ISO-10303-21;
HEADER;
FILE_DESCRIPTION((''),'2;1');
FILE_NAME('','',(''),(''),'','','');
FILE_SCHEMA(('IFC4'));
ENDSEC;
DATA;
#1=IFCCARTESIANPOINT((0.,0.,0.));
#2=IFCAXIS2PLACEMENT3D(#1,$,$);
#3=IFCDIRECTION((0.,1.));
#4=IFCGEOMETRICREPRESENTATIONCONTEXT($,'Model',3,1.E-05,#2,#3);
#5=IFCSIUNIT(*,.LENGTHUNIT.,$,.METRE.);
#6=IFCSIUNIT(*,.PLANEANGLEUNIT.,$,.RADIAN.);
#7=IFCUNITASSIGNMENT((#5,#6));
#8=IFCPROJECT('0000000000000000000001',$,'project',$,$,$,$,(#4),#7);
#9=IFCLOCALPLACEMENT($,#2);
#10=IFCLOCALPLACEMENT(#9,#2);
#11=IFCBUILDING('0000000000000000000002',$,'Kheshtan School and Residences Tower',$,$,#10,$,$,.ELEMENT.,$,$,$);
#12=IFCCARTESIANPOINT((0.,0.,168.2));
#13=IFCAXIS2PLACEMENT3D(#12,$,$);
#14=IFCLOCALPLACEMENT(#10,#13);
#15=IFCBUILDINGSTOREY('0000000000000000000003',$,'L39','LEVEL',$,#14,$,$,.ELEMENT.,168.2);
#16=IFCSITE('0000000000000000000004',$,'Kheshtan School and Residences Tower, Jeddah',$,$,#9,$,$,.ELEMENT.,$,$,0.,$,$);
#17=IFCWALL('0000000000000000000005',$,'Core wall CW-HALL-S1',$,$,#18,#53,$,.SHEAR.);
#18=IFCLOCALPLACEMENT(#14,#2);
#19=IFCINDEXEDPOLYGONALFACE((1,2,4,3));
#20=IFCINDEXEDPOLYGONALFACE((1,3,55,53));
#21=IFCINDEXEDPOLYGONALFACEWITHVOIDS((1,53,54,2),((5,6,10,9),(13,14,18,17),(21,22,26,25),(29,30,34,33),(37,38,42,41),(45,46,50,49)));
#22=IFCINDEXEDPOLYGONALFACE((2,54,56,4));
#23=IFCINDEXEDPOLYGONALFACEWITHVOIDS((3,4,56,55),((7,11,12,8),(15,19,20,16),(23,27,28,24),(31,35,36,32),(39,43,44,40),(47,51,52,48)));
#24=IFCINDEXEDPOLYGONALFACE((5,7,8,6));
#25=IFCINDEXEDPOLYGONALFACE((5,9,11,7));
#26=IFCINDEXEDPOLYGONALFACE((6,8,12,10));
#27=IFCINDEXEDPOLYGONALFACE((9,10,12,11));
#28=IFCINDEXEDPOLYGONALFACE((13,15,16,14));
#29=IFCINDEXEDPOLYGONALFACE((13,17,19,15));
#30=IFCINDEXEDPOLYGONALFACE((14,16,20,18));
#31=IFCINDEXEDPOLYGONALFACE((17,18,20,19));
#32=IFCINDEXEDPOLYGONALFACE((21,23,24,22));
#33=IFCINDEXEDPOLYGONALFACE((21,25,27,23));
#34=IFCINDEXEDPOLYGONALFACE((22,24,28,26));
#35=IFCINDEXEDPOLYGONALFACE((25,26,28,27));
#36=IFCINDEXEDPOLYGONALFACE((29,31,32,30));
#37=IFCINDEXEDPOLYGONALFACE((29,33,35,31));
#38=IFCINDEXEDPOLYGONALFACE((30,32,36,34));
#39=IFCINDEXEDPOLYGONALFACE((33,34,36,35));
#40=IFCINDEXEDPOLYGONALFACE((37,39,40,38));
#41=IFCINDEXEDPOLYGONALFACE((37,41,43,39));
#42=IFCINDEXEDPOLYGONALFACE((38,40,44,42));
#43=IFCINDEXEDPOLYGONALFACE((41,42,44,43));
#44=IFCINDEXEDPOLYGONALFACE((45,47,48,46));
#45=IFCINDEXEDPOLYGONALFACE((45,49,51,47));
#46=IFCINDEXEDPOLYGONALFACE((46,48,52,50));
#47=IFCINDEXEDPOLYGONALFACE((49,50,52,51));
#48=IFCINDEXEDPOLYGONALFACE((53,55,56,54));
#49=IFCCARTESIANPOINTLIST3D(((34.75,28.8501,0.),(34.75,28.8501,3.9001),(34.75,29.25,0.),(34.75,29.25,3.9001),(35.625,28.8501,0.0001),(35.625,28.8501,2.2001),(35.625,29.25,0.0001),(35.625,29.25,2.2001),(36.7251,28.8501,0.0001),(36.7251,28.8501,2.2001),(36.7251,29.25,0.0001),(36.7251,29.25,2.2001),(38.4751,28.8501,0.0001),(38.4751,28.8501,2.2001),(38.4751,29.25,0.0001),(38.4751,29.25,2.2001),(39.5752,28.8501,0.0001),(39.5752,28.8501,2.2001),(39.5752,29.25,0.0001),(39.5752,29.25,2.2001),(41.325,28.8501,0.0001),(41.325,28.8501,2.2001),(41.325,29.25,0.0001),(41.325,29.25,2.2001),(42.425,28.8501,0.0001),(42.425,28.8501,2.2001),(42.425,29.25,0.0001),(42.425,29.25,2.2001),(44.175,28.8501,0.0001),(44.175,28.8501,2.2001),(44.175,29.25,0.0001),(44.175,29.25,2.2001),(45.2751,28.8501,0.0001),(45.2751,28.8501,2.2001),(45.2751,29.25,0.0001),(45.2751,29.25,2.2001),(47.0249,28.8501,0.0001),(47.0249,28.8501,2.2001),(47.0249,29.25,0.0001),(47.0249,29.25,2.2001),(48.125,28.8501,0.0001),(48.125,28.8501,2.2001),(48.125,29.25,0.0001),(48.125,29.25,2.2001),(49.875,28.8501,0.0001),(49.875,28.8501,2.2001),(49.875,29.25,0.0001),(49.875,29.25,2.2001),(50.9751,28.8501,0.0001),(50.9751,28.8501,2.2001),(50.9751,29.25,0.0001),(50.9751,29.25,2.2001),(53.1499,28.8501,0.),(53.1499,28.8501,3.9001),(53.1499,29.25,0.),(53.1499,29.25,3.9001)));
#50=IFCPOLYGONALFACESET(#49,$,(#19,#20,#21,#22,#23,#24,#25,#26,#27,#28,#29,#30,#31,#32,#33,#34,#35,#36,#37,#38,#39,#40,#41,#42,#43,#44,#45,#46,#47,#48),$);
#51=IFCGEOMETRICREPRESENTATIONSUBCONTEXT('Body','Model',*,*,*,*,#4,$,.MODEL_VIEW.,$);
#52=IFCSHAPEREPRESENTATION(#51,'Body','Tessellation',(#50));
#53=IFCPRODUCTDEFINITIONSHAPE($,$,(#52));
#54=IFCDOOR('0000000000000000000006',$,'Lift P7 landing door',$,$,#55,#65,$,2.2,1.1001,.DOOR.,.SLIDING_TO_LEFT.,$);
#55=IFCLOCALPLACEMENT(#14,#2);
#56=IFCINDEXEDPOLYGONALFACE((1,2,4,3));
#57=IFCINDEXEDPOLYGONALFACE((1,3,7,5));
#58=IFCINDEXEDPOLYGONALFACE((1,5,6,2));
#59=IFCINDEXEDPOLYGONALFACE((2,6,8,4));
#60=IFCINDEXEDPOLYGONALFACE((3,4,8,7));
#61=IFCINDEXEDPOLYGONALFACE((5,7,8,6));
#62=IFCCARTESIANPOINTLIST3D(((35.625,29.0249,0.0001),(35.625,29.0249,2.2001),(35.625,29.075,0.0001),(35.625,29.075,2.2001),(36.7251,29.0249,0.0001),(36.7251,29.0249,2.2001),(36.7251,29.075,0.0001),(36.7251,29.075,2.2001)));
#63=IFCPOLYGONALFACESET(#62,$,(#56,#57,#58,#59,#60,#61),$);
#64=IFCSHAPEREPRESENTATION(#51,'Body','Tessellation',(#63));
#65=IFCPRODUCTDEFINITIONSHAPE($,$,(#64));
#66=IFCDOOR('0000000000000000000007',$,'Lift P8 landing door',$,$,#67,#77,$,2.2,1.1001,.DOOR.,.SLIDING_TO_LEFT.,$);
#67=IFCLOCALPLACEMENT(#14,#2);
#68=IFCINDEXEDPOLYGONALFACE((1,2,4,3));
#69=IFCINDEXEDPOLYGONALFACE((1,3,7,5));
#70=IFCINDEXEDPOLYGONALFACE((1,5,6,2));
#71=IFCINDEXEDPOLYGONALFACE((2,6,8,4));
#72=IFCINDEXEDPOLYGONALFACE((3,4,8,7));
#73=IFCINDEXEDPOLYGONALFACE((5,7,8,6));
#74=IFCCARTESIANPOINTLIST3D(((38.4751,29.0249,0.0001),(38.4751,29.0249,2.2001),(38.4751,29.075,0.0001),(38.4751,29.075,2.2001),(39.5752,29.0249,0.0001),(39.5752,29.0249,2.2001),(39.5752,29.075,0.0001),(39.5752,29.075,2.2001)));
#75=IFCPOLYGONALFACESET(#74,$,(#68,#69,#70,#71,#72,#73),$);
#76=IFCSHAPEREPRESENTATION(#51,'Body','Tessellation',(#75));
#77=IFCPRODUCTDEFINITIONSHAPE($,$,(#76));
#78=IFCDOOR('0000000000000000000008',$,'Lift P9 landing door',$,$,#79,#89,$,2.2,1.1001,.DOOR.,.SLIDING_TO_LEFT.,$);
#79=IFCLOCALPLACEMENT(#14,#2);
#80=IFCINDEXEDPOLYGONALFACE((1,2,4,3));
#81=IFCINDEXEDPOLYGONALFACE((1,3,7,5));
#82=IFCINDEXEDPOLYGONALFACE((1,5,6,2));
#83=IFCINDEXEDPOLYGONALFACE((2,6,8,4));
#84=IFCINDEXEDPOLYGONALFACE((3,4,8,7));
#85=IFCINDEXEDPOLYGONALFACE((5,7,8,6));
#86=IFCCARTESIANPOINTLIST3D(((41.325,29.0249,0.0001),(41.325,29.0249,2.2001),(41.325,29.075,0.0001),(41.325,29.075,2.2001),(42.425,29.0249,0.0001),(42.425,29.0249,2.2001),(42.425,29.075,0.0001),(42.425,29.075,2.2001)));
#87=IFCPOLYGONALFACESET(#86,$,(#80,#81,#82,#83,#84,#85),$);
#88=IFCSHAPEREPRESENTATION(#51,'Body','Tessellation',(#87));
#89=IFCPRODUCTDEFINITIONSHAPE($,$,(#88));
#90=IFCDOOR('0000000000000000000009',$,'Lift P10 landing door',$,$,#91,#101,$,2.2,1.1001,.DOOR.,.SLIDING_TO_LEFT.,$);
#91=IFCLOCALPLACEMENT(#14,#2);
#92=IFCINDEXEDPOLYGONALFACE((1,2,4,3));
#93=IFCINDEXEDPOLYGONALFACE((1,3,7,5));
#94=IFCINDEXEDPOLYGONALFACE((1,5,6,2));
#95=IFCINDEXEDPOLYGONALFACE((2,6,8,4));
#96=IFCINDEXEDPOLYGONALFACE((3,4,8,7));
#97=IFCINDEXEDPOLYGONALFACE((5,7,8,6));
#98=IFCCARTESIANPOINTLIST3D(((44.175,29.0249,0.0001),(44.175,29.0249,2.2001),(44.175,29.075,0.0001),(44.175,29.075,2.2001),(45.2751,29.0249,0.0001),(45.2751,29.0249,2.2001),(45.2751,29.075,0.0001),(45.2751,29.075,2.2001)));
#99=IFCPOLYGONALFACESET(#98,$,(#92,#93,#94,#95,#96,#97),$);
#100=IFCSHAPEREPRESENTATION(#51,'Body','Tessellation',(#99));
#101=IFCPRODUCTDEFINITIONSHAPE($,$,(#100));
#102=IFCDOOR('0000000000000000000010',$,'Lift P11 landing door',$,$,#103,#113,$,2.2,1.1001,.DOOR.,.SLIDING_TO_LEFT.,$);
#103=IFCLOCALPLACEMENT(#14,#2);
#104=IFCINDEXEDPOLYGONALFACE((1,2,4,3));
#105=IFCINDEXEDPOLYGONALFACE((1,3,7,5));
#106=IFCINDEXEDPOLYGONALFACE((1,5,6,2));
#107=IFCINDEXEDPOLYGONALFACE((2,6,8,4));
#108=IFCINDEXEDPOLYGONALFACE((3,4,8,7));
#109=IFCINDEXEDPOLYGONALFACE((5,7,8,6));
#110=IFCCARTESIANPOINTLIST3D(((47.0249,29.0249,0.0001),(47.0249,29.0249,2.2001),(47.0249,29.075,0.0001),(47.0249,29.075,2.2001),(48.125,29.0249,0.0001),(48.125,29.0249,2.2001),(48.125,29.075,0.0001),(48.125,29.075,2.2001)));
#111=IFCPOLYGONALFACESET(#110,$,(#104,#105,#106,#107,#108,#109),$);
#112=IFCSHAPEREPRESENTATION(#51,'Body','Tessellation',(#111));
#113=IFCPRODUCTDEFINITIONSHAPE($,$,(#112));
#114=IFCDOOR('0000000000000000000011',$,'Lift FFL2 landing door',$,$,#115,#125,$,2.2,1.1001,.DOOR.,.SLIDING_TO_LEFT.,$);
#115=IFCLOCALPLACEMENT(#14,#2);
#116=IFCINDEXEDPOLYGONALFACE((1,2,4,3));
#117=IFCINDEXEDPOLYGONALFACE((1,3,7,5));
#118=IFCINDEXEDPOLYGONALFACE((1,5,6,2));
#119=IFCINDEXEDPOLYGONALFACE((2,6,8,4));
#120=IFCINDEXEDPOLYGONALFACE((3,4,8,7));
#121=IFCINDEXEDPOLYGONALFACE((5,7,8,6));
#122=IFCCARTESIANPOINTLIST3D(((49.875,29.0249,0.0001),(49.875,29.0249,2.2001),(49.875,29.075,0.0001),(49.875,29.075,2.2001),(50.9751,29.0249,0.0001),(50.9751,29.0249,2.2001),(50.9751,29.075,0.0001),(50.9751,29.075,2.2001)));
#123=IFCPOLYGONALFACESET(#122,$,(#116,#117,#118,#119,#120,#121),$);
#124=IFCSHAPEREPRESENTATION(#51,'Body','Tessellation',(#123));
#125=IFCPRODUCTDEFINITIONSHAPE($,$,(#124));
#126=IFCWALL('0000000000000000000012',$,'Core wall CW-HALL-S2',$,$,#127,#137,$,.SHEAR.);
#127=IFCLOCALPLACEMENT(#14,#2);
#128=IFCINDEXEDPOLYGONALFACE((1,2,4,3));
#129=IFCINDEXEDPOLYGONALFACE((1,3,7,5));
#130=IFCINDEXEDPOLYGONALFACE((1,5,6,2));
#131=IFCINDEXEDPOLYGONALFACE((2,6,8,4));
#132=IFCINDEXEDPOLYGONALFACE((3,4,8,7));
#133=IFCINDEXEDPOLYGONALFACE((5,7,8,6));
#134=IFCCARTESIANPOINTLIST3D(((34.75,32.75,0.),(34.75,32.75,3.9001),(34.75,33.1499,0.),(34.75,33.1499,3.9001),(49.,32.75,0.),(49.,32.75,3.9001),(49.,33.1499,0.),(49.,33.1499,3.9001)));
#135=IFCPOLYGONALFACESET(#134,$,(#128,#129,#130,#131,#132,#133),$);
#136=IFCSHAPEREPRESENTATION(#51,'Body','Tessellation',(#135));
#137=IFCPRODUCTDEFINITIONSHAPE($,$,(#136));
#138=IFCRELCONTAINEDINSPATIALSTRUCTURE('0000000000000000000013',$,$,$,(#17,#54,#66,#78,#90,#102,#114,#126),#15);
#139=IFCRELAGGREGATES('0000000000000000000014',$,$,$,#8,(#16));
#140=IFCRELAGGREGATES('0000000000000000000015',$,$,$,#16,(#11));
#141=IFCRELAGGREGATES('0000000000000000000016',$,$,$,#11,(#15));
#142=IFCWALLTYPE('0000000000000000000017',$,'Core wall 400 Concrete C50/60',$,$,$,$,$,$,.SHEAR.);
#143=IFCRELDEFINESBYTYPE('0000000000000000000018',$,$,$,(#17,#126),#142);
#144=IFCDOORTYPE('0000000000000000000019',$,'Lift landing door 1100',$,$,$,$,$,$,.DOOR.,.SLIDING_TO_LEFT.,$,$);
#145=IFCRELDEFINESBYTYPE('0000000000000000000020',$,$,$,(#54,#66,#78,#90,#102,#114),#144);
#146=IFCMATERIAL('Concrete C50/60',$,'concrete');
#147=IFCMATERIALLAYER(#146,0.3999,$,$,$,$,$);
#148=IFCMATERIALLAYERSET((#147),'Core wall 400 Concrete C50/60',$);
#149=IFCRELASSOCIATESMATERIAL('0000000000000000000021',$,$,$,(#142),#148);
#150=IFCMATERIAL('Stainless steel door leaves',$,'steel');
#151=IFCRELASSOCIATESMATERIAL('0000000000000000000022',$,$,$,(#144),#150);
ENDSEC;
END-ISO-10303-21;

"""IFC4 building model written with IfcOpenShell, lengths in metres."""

from ifc_helpers import new_model, si_unit, direction, frame, frame_2d, origin, place, context, subcontext, project, spatial, rectangle, extrude, source, transform, mapped, material, layer, layer_set, type_object, element, fill, save


model = new_model("IFC4")

# Units and contexts
model_context = context("Model", 3, precision=1e-05, world=origin(), true_north=direction((0.0, 1.0)))
body_context = subcontext(model_context, "Body", "Model", "MODEL_VIEW")
ifc_project = project(units=[si_unit("LENGTHUNIT", "METRE"), si_unit("PLANEANGLEUNIT", "RADIAN")], contexts=[model_context])

# Site, building, storey
site_placement = place(None, origin())
site = spatial("IfcSite", under=ifc_project, at=site_placement, Name="Kheshtan School and Residences Tower, Jeddah", CompositionType="ELEMENT", RefElevation=0.0)
building_placement = place(site_placement, origin())
building = spatial("IfcBuilding", under=site, at=building_placement, Name="Kheshtan School and Residences Tower", CompositionType="ELEMENT")
storey_placement = place(building_placement, frame((0.0, 0.0, 168.2)))
storey = spatial("IfcBuildingStorey", under=building, at=storey_placement, Name="L39", Description="LEVEL", CompositionType="ELEMENT", Elevation=168.2)

# Wall, openings, doors
ifc_material_1 = material(Name="Concrete C50/60", Category="concrete")
ifc_layer_1 = layer(ifc_material_1, 0.3999)
ifc_layer_set_1 = layer_set([ifc_layer_1], Name="Core wall 400 Concrete C50/60")
wall_type_1 = type_object("IfcWallType", Name="Core wall 400 Concrete C50/60", PredefinedType="SHEAR", material=ifc_layer_set_1)
wall_1_placement = place(storey_placement, frame((34.75, 29.05, 0.0), z_axis=(0.0, 0.0, 1.0), x_axis=(1.0, 0.0, 0.0)))
wall_1 = element("IfcWall", 1, at=wall_1_placement, inside=storey, type_object=wall_type_1, Name="Core wall CW-HALL-S1", PredefinedType="SHEAR", context=body_context, shape_type="SweptSolid", body=[
    extrude(rectangle(XDim=18.3999, YDim=0.3999, at=frame_2d((9.2, 0.0))), origin(), (0.0, 0.0, 1.0), 3.9001),
])
opening_1_placement = place(wall_1_placement, frame((0.875, 0.0, 0.0)))
opening_1 = element("IfcOpeningElement", 2, at=opening_1_placement, cuts=wall_1, PredefinedType="OPENING", context=body_context, shape_type="SweptSolid", body=[
    extrude(rectangle(XDim=1.1001, YDim=2.2, at=frame_2d((0.55, 1.1001))), frame((0.0, 0.21, 0.0), z_axis=(0.0, -1.0, 0.0), x_axis=(1.0, 0.0, 0.0)), (0.0, 0.0, 1.0), 0.4199),
])
opening_2_placement = place(wall_1_placement, frame((3.7251, 0.0, 0.0)))
opening_2 = element("IfcOpeningElement", 3, at=opening_2_placement, cuts=wall_1, PredefinedType="OPENING", context=body_context, shape_type="SweptSolid", body=[
    extrude(rectangle(XDim=1.1001, YDim=2.2, at=frame_2d((0.55, 1.1001))), frame((0.0, 0.21, 0.0), z_axis=(0.0, -1.0, 0.0), x_axis=(1.0, 0.0, 0.0)), (0.0, 0.0, 1.0), 0.4199),
])
opening_3_placement = place(wall_1_placement, frame((6.575, 0.0, 0.0)))
opening_3 = element("IfcOpeningElement", 4, at=opening_3_placement, cuts=wall_1, PredefinedType="OPENING", context=body_context, shape_type="SweptSolid", body=[
    extrude(rectangle(XDim=1.1001, YDim=2.2, at=frame_2d((0.55, 1.1001))), frame((0.0, 0.21, 0.0), z_axis=(0.0, -1.0, 0.0), x_axis=(1.0, 0.0, 0.0)), (0.0, 0.0, 1.0), 0.4199),
])
opening_4_placement = place(wall_1_placement, frame((9.425, 0.0, 0.0)))
opening_4 = element("IfcOpeningElement", 5, at=opening_4_placement, cuts=wall_1, PredefinedType="OPENING", context=body_context, shape_type="SweptSolid", body=[
    extrude(rectangle(XDim=1.1001, YDim=2.2, at=frame_2d((0.55, 1.1001))), frame((0.0, 0.21, 0.0), z_axis=(0.0, -1.0, 0.0), x_axis=(1.0, 0.0, 0.0)), (0.0, 0.0, 1.0), 0.4199),
])
opening_5_placement = place(wall_1_placement, frame((12.2749, 0.0, 0.0)))
opening_5 = element("IfcOpeningElement", 6, at=opening_5_placement, cuts=wall_1, PredefinedType="OPENING", context=body_context, shape_type="SweptSolid", body=[
    extrude(rectangle(XDim=1.1001, YDim=2.2, at=frame_2d((0.55, 1.1001))), frame((0.0, 0.21, 0.0), z_axis=(0.0, -1.0, 0.0), x_axis=(1.0, 0.0, 0.0)), (0.0, 0.0, 1.0), 0.4199),
])
opening_6_placement = place(wall_1_placement, frame((15.125, 0.0, 0.0)))
opening_6 = element("IfcOpeningElement", 7, at=opening_6_placement, cuts=wall_1, PredefinedType="OPENING", context=body_context, shape_type="SweptSolid", body=[
    extrude(rectangle(XDim=1.1001, YDim=2.2, at=frame_2d((0.55, 1.1001))), frame((0.0, 0.21, 0.0), z_axis=(0.0, -1.0, 0.0), x_axis=(1.0, 0.0, 0.0)), (0.0, 0.0, 1.0), 0.4199),
])
ifc_material_2 = material(Name="Stainless steel door leaves", Category="steel")
door_type_1 = type_object("IfcDoorType", Name="Lift landing door 1100", OperationType="SLIDING_TO_LEFT", PredefinedType="DOOR", material=ifc_material_2)
shared_shape_1 = source(origin(), body_context, "Body", "SweptSolid", [
    extrude(rectangle(XDim=1.1001, YDim=2.2, at=frame_2d((0.55, 1.1001))), frame((0.0, 0.0249, 0.0), z_axis=(0.0, -1.0, 0.0), x_axis=(1.0, 0.0, 0.0)), (0.0, 0.0, 1.0), 0.05),
])
door_1_placement = place(opening_1_placement, origin())
door_1 = element("IfcDoor", 8, at=door_1_placement, inside=storey, type_object=door_type_1, Name="Lift P7 landing door", OperationType="SLIDING_TO_LEFT", OverallHeight=2.2, OverallWidth=1.1001, PredefinedType="DOOR", context=body_context, shape_type="MappedRepresentation", body=[
    mapped(shared_shape_1, transform((0.0, 0.0, 0.0), x_axis=(1.0, 0.0, 0.0), y_axis=(0.0, 1.0, 0.0), z_axis=(0.0, 0.0, 1.0), scale=1.0)),
])
fill(opening_1, door_1)
door_2_placement = place(opening_2_placement, origin())
door_2 = element("IfcDoor", 9, at=door_2_placement, inside=storey, type_object=door_type_1, Name="Lift P8 landing door", OperationType="SLIDING_TO_LEFT", OverallHeight=2.2, OverallWidth=1.1001, PredefinedType="DOOR", context=body_context, shape_type="MappedRepresentation", body=[
    mapped(shared_shape_1, transform((0.0, 0.0, 0.0), x_axis=(1.0, 0.0, 0.0), y_axis=(0.0, 1.0, 0.0), z_axis=(0.0, 0.0, 1.0), scale=1.0)),
])
fill(opening_2, door_2)
door_3_placement = place(opening_3_placement, origin())
door_3 = element("IfcDoor", 10, at=door_3_placement, inside=storey, type_object=door_type_1, Name="Lift P9 landing door", OperationType="SLIDING_TO_LEFT", OverallHeight=2.2, OverallWidth=1.1001, PredefinedType="DOOR", context=body_context, shape_type="MappedRepresentation", body=[
    mapped(shared_shape_1, transform((0.0, 0.0, 0.0), x_axis=(1.0, 0.0, 0.0), y_axis=(0.0, 1.0, 0.0), z_axis=(0.0, 0.0, 1.0), scale=1.0)),
])
fill(opening_3, door_3)
door_4_placement = place(opening_4_placement, origin())
door_4 = element("IfcDoor", 11, at=door_4_placement, inside=storey, type_object=door_type_1, Name="Lift P10 landing door", OperationType="SLIDING_TO_LEFT", OverallHeight=2.2, OverallWidth=1.1001, PredefinedType="DOOR", context=body_context, shape_type="MappedRepresentation", body=[
    mapped(shared_shape_1, transform((0.0, 0.0, 0.0), x_axis=(1.0, 0.0, 0.0), y_axis=(0.0, 1.0, 0.0), z_axis=(0.0, 0.0, 1.0), scale=1.0)),
])
fill(opening_4, door_4)
door_5_placement = place(opening_5_placement, origin())
door_5 = element("IfcDoor", 12, at=door_5_placement, inside=storey, type_object=door_type_1, Name="Lift P11 landing door", OperationType="SLIDING_TO_LEFT", OverallHeight=2.2, OverallWidth=1.1001, PredefinedType="DOOR", context=body_context, shape_type="MappedRepresentation", body=[
    mapped(shared_shape_1, transform((0.0, 0.0, 0.0), x_axis=(1.0, 0.0, 0.0), y_axis=(0.0, 1.0, 0.0), z_axis=(0.0, 0.0, 1.0), scale=1.0)),
])
fill(opening_5, door_5)
door_6_placement = place(opening_6_placement, origin())
door_6 = element("IfcDoor", 13, at=door_6_placement, inside=storey, type_object=door_type_1, Name="Lift FFL2 landing door", OperationType="SLIDING_TO_LEFT", OverallHeight=2.2, OverallWidth=1.1001, PredefinedType="DOOR", context=body_context, shape_type="MappedRepresentation", body=[
    mapped(shared_shape_1, transform((0.0, 0.0, 0.0), x_axis=(1.0, 0.0, 0.0), y_axis=(0.0, 1.0, 0.0), z_axis=(0.0, 0.0, 1.0), scale=1.0)),
])
fill(opening_6, door_6)

# Wall
wall_2_placement = place(storey_placement, frame((34.75, 32.95, 0.0), z_axis=(0.0, 0.0, 1.0), x_axis=(1.0, 0.0, 0.0)))
element("IfcWall", 14, at=wall_2_placement, inside=storey, type_object=wall_type_1, Name="Core wall CW-HALL-S2", PredefinedType="SHEAR", context=body_context, shape_type="SweptSolid", body=[
    extrude(rectangle(XDim=14.25, YDim=0.3999, at=frame_2d((7.125, 0.0))), origin(), (0.0, 0.0, 1.0), 3.9001),
])

save(model, "model.ifc")
